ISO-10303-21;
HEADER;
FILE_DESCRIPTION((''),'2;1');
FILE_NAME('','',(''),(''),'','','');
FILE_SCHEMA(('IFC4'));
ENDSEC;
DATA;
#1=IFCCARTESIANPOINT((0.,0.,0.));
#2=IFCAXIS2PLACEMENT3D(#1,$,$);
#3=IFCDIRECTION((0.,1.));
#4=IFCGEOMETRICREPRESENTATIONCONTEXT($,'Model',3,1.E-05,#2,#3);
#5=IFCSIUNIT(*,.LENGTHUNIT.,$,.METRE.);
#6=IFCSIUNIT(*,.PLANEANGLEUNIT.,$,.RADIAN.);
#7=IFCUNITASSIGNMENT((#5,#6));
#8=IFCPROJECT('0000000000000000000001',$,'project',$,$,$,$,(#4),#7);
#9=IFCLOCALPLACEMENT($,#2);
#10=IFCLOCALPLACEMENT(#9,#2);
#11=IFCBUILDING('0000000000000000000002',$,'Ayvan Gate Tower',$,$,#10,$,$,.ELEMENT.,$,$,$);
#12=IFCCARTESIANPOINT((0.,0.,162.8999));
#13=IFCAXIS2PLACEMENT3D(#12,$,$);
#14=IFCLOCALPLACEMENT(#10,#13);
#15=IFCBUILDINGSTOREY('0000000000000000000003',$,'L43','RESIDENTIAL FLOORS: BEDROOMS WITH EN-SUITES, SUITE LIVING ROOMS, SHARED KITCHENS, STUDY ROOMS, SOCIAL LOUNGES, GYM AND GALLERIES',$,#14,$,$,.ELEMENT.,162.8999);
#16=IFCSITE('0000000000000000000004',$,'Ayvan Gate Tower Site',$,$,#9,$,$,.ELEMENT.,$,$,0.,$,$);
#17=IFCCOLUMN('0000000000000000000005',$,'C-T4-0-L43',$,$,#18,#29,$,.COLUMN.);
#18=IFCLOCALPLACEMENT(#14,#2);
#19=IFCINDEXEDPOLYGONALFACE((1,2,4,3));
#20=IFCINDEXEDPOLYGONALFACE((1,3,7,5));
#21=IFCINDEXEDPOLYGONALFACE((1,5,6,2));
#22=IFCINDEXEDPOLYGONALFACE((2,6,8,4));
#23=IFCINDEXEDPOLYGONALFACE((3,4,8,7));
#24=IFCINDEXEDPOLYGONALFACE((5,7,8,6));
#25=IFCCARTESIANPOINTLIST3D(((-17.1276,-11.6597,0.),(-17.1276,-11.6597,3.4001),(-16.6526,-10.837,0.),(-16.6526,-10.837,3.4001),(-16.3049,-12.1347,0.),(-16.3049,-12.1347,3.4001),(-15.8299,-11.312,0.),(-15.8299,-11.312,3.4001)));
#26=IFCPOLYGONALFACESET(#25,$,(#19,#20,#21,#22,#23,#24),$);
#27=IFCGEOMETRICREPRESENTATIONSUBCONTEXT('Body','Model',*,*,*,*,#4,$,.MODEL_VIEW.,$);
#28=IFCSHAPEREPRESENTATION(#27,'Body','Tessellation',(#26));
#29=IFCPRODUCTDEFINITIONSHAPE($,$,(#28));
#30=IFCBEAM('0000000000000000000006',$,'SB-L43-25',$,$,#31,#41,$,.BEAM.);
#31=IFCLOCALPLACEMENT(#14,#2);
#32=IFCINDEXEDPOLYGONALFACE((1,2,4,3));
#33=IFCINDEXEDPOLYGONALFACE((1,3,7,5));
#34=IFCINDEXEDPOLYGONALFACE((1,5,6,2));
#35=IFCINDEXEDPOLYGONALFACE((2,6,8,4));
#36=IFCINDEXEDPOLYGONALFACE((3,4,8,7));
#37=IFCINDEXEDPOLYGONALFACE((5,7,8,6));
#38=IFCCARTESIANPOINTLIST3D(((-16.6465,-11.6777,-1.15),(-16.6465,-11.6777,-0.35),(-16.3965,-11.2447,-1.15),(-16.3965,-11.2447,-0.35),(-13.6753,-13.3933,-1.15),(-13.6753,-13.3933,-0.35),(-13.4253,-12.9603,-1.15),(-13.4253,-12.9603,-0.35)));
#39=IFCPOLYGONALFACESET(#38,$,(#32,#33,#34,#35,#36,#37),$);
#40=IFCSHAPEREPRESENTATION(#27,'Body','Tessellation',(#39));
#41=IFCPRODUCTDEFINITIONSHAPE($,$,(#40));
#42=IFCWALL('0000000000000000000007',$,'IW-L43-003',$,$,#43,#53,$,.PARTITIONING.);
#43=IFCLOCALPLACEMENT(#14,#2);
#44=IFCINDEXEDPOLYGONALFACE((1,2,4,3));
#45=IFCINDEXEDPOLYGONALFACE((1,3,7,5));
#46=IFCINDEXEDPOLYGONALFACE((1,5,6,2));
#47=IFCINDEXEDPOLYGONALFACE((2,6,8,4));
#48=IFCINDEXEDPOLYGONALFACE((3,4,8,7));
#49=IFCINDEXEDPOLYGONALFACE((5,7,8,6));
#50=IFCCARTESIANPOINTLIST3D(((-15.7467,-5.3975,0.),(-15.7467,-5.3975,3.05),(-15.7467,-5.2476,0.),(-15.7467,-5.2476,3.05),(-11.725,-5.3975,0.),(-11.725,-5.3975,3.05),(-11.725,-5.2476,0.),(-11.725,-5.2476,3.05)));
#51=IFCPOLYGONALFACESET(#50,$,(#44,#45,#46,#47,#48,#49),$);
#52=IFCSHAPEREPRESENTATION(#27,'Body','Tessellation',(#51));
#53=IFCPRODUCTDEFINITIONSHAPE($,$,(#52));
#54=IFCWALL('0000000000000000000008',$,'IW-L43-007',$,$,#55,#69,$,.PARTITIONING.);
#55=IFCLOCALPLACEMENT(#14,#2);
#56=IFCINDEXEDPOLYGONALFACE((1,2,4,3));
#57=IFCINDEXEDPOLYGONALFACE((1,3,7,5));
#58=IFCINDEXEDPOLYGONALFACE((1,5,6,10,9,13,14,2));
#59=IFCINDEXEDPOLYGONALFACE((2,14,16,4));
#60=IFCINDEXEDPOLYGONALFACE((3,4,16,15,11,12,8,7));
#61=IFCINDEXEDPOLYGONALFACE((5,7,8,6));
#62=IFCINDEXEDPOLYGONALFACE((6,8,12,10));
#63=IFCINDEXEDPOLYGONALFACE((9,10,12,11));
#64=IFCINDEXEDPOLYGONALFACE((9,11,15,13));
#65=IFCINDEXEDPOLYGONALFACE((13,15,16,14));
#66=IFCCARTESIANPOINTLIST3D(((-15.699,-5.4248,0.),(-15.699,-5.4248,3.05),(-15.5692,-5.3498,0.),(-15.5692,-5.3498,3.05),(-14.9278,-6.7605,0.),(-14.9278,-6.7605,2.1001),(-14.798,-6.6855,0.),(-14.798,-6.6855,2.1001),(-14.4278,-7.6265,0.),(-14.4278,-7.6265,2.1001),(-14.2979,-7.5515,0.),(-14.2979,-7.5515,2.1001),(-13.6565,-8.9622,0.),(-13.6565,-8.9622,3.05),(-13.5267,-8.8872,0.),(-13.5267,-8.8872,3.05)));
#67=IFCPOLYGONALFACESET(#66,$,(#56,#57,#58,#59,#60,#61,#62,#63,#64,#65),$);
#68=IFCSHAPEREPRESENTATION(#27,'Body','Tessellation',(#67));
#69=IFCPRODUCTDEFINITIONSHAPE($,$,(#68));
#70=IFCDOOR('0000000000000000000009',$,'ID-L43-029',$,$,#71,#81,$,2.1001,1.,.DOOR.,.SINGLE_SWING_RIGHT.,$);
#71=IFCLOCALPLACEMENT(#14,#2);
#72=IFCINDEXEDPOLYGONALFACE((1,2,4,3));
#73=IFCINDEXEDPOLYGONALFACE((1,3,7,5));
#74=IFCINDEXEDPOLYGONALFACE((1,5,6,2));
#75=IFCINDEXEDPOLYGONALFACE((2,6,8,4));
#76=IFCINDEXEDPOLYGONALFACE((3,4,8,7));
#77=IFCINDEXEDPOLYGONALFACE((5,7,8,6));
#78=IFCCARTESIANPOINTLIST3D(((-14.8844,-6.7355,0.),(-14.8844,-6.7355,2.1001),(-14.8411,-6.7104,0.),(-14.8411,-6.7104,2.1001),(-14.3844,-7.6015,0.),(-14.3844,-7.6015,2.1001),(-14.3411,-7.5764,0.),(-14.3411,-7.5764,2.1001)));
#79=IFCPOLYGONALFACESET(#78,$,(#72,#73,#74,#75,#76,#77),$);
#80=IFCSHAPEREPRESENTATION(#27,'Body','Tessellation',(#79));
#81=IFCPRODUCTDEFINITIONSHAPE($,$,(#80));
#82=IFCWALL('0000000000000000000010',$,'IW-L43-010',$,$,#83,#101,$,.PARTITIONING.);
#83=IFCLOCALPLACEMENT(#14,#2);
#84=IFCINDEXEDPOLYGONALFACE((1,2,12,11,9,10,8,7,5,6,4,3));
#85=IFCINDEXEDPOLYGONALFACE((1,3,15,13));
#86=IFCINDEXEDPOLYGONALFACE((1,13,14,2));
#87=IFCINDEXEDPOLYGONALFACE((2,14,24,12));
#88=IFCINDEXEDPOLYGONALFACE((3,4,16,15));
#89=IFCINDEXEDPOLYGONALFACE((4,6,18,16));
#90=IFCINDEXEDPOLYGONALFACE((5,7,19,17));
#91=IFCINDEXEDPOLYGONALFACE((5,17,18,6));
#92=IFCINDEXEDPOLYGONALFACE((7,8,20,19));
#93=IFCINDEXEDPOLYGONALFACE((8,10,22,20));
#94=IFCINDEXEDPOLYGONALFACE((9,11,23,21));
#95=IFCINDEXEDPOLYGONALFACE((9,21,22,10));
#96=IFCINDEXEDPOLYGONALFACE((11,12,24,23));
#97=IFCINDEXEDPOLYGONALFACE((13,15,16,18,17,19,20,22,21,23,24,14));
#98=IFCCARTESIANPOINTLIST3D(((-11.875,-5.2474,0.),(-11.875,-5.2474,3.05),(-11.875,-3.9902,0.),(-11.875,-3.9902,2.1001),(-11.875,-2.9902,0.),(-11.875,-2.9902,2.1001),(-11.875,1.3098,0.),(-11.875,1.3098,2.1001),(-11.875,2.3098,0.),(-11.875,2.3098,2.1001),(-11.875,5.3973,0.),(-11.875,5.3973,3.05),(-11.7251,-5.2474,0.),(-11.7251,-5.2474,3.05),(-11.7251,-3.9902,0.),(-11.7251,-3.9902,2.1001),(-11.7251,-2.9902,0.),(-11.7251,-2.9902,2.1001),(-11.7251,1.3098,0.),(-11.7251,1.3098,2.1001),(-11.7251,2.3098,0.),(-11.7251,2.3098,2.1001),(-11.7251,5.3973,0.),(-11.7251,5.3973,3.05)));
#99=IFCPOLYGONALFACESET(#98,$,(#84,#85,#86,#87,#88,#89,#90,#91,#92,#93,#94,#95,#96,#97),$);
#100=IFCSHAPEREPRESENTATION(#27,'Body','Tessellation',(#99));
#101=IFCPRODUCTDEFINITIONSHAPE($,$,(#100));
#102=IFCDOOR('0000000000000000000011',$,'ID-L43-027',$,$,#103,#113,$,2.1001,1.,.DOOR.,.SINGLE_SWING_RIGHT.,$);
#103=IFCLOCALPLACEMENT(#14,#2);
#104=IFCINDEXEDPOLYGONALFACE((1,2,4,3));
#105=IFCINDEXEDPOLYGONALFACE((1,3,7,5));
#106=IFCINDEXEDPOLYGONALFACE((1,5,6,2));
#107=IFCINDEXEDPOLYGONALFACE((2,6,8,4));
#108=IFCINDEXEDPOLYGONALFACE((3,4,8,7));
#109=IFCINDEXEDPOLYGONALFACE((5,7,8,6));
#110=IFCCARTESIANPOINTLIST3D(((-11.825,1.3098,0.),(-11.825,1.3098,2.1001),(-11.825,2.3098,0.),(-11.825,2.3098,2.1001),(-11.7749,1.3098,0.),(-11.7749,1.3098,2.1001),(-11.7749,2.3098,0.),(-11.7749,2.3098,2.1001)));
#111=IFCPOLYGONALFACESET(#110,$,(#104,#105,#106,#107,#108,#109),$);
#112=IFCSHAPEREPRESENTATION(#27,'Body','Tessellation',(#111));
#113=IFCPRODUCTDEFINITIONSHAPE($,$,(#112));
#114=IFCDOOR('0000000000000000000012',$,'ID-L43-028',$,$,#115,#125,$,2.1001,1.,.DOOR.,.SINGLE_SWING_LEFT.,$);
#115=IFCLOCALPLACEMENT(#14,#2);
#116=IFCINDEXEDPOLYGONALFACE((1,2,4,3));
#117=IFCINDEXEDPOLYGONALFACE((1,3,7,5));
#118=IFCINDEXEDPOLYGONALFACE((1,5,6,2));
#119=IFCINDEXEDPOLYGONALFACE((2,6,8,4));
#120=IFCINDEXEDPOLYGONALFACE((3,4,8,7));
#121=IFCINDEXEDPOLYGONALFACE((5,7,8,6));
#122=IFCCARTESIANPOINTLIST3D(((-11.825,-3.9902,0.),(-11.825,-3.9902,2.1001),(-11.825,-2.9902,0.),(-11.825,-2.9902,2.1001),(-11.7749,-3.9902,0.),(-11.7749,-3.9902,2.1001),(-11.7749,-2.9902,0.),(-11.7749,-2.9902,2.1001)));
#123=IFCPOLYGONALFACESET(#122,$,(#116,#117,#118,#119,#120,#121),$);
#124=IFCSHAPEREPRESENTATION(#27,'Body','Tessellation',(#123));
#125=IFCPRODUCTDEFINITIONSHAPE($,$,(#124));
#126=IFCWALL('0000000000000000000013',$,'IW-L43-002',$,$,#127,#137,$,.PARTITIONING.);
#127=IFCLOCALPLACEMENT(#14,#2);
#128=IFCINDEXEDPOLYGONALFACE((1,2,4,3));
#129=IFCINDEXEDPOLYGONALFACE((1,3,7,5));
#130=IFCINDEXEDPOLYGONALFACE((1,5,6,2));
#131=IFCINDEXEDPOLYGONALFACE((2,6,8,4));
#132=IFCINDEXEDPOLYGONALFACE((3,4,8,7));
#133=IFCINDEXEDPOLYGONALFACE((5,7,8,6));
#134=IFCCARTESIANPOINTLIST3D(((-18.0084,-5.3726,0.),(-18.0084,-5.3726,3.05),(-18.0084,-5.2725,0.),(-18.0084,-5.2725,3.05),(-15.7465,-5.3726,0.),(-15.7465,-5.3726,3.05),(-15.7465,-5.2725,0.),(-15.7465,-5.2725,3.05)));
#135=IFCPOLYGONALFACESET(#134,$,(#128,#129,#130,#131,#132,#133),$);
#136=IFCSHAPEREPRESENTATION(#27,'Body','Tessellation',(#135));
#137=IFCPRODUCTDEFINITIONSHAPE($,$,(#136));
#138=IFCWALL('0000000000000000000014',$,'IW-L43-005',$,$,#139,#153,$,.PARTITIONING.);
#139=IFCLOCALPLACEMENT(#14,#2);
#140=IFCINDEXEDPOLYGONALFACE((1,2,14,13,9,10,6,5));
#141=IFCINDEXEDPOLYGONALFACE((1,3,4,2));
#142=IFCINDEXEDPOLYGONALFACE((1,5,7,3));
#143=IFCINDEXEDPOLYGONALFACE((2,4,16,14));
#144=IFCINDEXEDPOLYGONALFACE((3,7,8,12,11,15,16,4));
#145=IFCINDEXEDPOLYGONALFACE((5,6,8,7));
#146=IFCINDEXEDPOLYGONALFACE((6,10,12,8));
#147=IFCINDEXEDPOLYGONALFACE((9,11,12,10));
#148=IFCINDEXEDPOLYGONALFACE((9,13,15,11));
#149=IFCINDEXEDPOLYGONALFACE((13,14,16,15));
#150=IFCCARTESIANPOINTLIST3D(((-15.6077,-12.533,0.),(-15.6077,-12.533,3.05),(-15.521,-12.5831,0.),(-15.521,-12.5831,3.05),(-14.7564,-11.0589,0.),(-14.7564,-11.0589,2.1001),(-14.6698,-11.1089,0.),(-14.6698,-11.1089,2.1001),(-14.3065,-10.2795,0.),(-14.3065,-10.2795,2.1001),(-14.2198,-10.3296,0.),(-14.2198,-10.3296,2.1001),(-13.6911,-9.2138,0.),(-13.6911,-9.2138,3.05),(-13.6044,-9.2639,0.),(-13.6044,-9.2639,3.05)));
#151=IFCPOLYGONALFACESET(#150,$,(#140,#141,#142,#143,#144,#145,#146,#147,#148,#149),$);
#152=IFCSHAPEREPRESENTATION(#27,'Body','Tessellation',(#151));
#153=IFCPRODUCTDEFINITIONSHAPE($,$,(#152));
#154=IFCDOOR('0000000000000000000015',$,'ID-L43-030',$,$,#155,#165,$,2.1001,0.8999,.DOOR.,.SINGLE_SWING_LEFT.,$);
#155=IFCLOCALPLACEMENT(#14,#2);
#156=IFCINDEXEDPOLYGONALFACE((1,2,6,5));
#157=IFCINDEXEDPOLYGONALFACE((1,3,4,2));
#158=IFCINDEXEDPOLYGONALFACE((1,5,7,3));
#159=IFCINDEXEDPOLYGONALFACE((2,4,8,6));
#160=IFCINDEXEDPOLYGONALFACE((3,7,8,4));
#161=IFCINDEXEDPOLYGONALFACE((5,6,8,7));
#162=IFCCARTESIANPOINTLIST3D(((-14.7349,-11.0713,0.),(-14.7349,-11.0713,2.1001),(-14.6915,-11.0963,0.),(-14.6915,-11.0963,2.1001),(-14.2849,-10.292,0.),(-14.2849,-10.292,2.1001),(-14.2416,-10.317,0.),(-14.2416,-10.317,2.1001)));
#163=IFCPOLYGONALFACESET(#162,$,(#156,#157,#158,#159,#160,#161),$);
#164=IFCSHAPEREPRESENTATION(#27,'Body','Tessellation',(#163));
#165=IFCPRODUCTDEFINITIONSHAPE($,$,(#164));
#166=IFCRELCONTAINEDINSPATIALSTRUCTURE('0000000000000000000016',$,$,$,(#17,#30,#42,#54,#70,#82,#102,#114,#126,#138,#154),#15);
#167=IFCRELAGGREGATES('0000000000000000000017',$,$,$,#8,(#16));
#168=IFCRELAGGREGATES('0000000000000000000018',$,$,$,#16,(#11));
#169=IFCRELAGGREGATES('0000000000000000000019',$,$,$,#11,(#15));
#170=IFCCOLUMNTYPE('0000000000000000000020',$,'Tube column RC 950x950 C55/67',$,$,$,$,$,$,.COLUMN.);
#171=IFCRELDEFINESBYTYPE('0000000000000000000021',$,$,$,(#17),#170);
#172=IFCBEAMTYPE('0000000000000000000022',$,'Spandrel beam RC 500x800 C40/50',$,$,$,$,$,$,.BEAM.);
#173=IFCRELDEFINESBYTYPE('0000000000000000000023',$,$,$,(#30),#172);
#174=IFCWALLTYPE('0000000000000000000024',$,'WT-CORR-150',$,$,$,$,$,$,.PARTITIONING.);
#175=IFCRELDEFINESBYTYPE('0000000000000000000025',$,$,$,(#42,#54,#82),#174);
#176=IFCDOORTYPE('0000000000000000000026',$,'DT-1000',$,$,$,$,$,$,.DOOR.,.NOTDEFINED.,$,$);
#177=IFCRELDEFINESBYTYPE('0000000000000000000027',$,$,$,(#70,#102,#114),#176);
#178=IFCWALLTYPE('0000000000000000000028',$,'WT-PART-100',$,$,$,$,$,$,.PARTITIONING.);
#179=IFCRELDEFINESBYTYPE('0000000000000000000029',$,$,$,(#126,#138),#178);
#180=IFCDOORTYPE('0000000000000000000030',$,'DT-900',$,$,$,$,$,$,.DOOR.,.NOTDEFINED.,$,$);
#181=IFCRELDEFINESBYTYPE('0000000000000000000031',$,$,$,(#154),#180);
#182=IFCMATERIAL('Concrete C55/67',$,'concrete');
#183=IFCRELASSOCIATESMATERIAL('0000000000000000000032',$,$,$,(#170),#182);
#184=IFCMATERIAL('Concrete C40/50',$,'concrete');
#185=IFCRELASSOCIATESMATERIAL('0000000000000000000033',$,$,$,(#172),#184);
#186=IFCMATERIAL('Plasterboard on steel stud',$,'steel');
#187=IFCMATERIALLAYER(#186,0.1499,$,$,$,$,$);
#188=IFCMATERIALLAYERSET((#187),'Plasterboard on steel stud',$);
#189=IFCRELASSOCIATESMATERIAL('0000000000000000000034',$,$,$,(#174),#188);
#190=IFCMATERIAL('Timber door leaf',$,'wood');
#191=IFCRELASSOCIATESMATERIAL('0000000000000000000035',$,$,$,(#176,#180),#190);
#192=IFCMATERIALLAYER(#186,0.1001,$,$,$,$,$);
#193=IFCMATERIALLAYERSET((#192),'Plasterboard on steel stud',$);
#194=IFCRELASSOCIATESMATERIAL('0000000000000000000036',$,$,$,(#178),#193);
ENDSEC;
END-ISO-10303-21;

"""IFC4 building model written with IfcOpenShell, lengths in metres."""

from ifc_helpers import new_model, si_unit, direction, frame, frame_2d, origin, origin_2d, place, context, subcontext, project, spatial, rectangle, extrude, material, layer, layer_set, material_profile, profile_set, type_object, element, fill, save


model = new_model("IFC4")

# Units and contexts
model_context = context("Model", 3, precision=1e-05, world=origin(), true_north=direction((0.0, 1.0)))
body_context = subcontext(model_context, "Body", "Model", "MODEL_VIEW")
ifc_project = project(units=[si_unit("LENGTHUNIT", "METRE"), si_unit("PLANEANGLEUNIT", "RADIAN")], contexts=[model_context])

# Site, building, storey
site_placement = place(None, origin())
site = spatial("IfcSite", under=ifc_project, at=site_placement, Name="Ayvan Gate Tower Site", CompositionType="ELEMENT", RefElevation=0.0)
building_placement = place(site_placement, origin())
building = spatial("IfcBuilding", under=site, at=building_placement, Name="Ayvan Gate Tower", CompositionType="ELEMENT")
storey_placement = place(building_placement, frame((0.0, 0.0, 162.8999)))
storey = spatial("IfcBuildingStorey", under=building, at=storey_placement, Name="L43", Description="RESIDENTIAL FLOORS: BEDROOMS WITH EN-SUITES, SUITE LIVING ROOMS, SHARED KITCHENS, STUDY ROOMS, SOCIAL LOUNGES, GYM AND GALLERIES", CompositionType="ELEMENT", Elevation=162.8999)

# Column
ifc_material_1 = material(Name="Concrete C55/67", Category="concrete")
ifc_material_profile_1 = material_profile(ifc_material_1, rectangle(XDim=0.95, YDim=0.95, at=origin_2d()), Name="RC 950x950")
ifc_profile_set_1 = profile_set([ifc_material_profile_1], Name="Concrete C55/67")
column_type = type_object("IfcColumnType", Name="Tube column RC 950x950 C55/67", PredefinedType="COLUMN", material=ifc_profile_set_1)
column_placement = place(storey_placement, frame((-16.4788, -11.4858, 0.0), z_axis=(0.0, 0.0, 1.0), x_axis=(-0.5, -0.866025, 0.0)))
element("IfcColumn", 1, at=column_placement, inside=storey, type_object=column_type, Name="C-T4-0-L43", PredefinedType="COLUMN", context=body_context, shape_type="SweptSolid", body=[
    extrude(rectangle(XDim=0.95, YDim=0.95, at=origin_2d()), origin(), (0.0, 0.0, 1.0), 3.4001),
])

# Beam
ifc_material_2 = material(Name="Concrete C40/50", Category="concrete")
ifc_material_profile_2 = material_profile(ifc_material_2, rectangle(XDim=0.5, YDim=0.8, at=origin_2d()), Name="RC 500x800")
ifc_profile_set_2 = profile_set([ifc_material_profile_2], Name="Concrete C40/50")
beam_type = type_object("IfcBeamType", Name="Spandrel beam RC 500x800 C40/50", PredefinedType="BEAM", material=ifc_profile_set_2)
beam_placement = place(storey_placement, frame((-16.5215, -11.4612, -0.75), z_axis=(0.866005, -0.500035, 0.0), x_axis=(0.500035, 0.866005, 0.0)))
element("IfcBeam", 2, at=beam_placement, inside=storey, type_object=beam_type, Name="SB-L43-25", PredefinedType="BEAM", context=body_context, shape_type="SweptSolid", body=[
    extrude(rectangle(XDim=0.5, YDim=0.8, at=origin_2d()), origin(), (0.0, 0.0, 1.0), 3.4309),
])

# Wall
ifc_material_3 = material(Name="Plasterboard on steel stud", Category="steel")
ifc_layer_1 = layer(ifc_material_3, 0.1499)
ifc_layer_set_1 = layer_set([ifc_layer_1], Name="Plasterboard on steel stud")
wall_type_1 = type_object("IfcWallType", Name="WT-CORR-150", PredefinedType="PARTITIONING", material=ifc_layer_set_1)
wall_1_placement = place(storey_placement, frame((-15.7466, -5.3225, 0.0), z_axis=(0.0, 0.0, 1.0), x_axis=(1.0, 0.0, 0.0)))
element("IfcWall", 3, at=wall_1_placement, inside=storey, type_object=wall_type_1, Name="IW-L43-003", PredefinedType="PARTITIONING", context=body_context, shape_type="SweptSolid", body=[
    extrude(rectangle(XDim=4.0217, YDim=0.1499, at=frame_2d((2.0107, 0.0))), origin(), (0.0, 0.0, 1.0), 3.05),
])

# Wall, opening, door
wall_2_placement = place(storey_placement, frame((-13.5916, -8.9248, 0.0), z_axis=(0.0, 0.0, 1.0), x_axis=(-0.500035, 0.866005, 0.0)))
wall_2 = element("IfcWall", 4, at=wall_2_placement, inside=storey, type_object=wall_type_1, Name="IW-L43-007", PredefinedType="PARTITIONING", context=body_context, shape_type="SweptSolid", body=[
    extrude(rectangle(XDim=4.0847, YDim=0.1499, at=frame_2d((2.0425, 0.0))), origin(), (0.0, 0.0, 1.0), 3.05),
])
opening_1_placement = place(wall_2_placement, frame((1.5425, 0.0, 0.0)))
opening_1 = element("IfcOpeningElement", 5, at=opening_1_placement, cuts=wall_2, PredefinedType="OPENING", context=body_context, shape_type="SweptSolid", body=[
    extrude(rectangle(XDim=1.0, YDim=2.1001, at=frame_2d((0.5, 1.05))), frame((0.0, 0.085, 0.0), z_axis=(0.0, -1.0, 0.0), x_axis=(1.0, 0.0, 0.0)), (0.0, 0.0, 1.0), 0.1699),
])
ifc_material_4 = material(Name="Timber door leaf", Category="wood")
door_type_1 = type_object("IfcDoorType", Name="DT-1000", OperationType="NOTDEFINED", PredefinedType="DOOR", material=ifc_material_4)
door_1_placement = place(opening_1_placement, origin())
door_1 = element("IfcDoor", 6, at=door_1_placement, inside=storey, type_object=door_type_1, Name="ID-L43-029", OperationType="SINGLE_SWING_RIGHT", OverallHeight=2.1001, OverallWidth=1.0, PredefinedType="DOOR", context=body_context, shape_type="SweptSolid", body=[
    extrude(rectangle(XDim=1.0, YDim=2.1001, at=frame_2d((0.5, 1.05))), frame((0.0, 0.0249, 0.0), z_axis=(0.0, -1.0, 0.0), x_axis=(1.0, 0.0, 0.0)), (0.0, 0.0, 1.0), 0.05),
])
fill(opening_1, door_1)

# Wall, openings, doors
wall_3_placement = place(storey_placement, frame((-11.8, -5.2473, 0.0), z_axis=(0.0, 0.0, 1.0), x_axis=(0.0, 1.0, 0.0)))
wall_3 = element("IfcWall", 7, at=wall_3_placement, inside=storey, type_object=wall_type_1, Name="IW-L43-010", PredefinedType="PARTITIONING", context=body_context, shape_type="SweptSolid", body=[
    extrude(rectangle(XDim=10.6448, YDim=0.1499, at=frame_2d((5.3223, 0.0))), origin(), (0.0, 0.0, 1.0), 3.05),
])
opening_2_placement = place(wall_3_placement, frame((6.5571, 0.0, 0.0)))
opening_2 = element("IfcOpeningElement", 8, at=opening_2_placement, cuts=wall_3, PredefinedType="OPENING", context=body_context, shape_type="SweptSolid", body=[
    extrude(rectangle(XDim=1.0, YDim=2.1001, at=frame_2d((0.5, 1.05))), frame((0.0, 0.085, 0.0), z_axis=(0.0, -1.0, 0.0), x_axis=(1.0, 0.0, 0.0)), (0.0, 0.0, 1.0), 0.1699),
])
opening_3_placement = place(wall_3_placement, frame((1.2571, 0.0, 0.0)))
opening_3 = element("IfcOpeningElement", 9, at=opening_3_placement, cuts=wall_3, PredefinedType="OPENING", context=body_context, shape_type="SweptSolid", body=[
    extrude(rectangle(XDim=1.0, YDim=2.1001, at=frame_2d((0.5, 1.05))), frame((0.0, 0.085, 0.0), z_axis=(0.0, -1.0, 0.0), x_axis=(1.0, 0.0, 0.0)), (0.0, 0.0, 1.0), 0.1699),
])
door_2_placement = place(opening_2_placement, origin())
door_2 = element("IfcDoor", 10, at=door_2_placement, inside=storey, type_object=door_type_1, Name="ID-L43-027", OperationType="SINGLE_SWING_RIGHT", OverallHeight=2.1001, OverallWidth=1.0, PredefinedType="DOOR", context=body_context, shape_type="SweptSolid", body=[
    extrude(rectangle(XDim=1.0, YDim=2.1001, at=frame_2d((0.5, 1.05))), frame((0.0, 0.0249, 0.0), z_axis=(0.0, -1.0, 0.0), x_axis=(1.0, 0.0, 0.0)), (0.0, 0.0, 1.0), 0.05),
])
fill(opening_2, door_2)
door_3_placement = place(opening_3_placement, origin())
door_3 = element("IfcDoor", 11, at=door_3_placement, inside=storey, type_object=door_type_1, Name="ID-L43-028", OperationType="SINGLE_SWING_LEFT", OverallHeight=2.1001, OverallWidth=1.0, PredefinedType="DOOR", context=body_context, shape_type="SweptSolid", body=[
    extrude(rectangle(XDim=1.0, YDim=2.1001, at=frame_2d((0.5, 1.05))), frame((0.0, 0.0249, 0.0), z_axis=(0.0, -1.0, 0.0), x_axis=(1.0, 0.0, 0.0)), (0.0, 0.0, 1.0), 0.05),
])
fill(opening_3, door_3)

# Wall
ifc_layer_2 = layer(ifc_material_3, 0.1001)
ifc_layer_set_2 = layer_set([ifc_layer_2], Name="Plasterboard on steel stud")
wall_type_2 = type_object("IfcWallType", Name="WT-PART-100", PredefinedType="PARTITIONING", material=ifc_layer_set_2)
wall_4_placement = place(storey_placement, frame((-15.7466, -5.3225, 0.0), z_axis=(0.0, 0.0, 1.0), x_axis=(-1.0, 0.0, 0.0)))
element("IfcWall", 12, at=wall_4_placement, inside=storey, type_object=wall_type_2, Name="IW-L43-002", PredefinedType="PARTITIONING", context=body_context, shape_type="SweptSolid", body=[
    extrude(rectangle(XDim=2.262, YDim=0.1001, at=frame_2d((1.1309, 0.0))), origin(), (0.0, 0.0, 1.0), 3.05),
])

# Wall, opening, door
wall_5_placement = place(storey_placement, frame((-13.6477, -9.2388, 0.0), z_axis=(0.0, 0.0, 1.0), x_axis=(-0.500044, -0.866, 0.0)))
wall_5 = element("IfcWall", 13, at=wall_5_placement, inside=storey, type_object=wall_type_2, Name="IW-L43-005", PredefinedType="PARTITIONING", context=body_context, shape_type="SweptSolid", body=[
    extrude(rectangle(XDim=3.8328, YDim=0.1001, at=frame_2d((1.9165, 0.0))), origin(), (0.0, 0.0, 1.0), 3.05),
])
opening_4_placement = place(wall_5_placement, frame((1.2307, 0.0, 0.0)))
opening_4 = element("IfcOpeningElement", 14, at=opening_4_placement, cuts=wall_5, PredefinedType="OPENING", context=body_context, shape_type="SweptSolid", body=[
    extrude(rectangle(XDim=0.8999, YDim=2.1001, at=frame_2d((0.45, 1.05))), frame((0.0, 0.0601, 0.0), z_axis=(0.0, -1.0, 0.0), x_axis=(1.0, 0.0, 0.0)), (0.0, 0.0, 1.0), 0.1201),
])
door_type_2 = type_object("IfcDoorType", Name="DT-900", OperationType="NOTDEFINED", PredefinedType="DOOR", material=ifc_material_4)
door_4_placement = place(opening_4_placement, origin())
door_4 = element("IfcDoor", 15, at=door_4_placement, inside=storey, type_object=door_type_2, Name="ID-L43-030", OperationType="SINGLE_SWING_LEFT", OverallHeight=2.1001, OverallWidth=0.8999, PredefinedType="DOOR", context=body_context, shape_type="SweptSolid", body=[
    extrude(rectangle(XDim=0.8999, YDim=2.1001, at=frame_2d((0.45, 1.05))), frame((0.0, 0.0249, 0.0), z_axis=(0.0, -1.0, 0.0), x_axis=(1.0, 0.0, 0.0)), (0.0, 0.0, 1.0), 0.05),
])
fill(opening_4, door_4)

save(model, "model.ifc")
